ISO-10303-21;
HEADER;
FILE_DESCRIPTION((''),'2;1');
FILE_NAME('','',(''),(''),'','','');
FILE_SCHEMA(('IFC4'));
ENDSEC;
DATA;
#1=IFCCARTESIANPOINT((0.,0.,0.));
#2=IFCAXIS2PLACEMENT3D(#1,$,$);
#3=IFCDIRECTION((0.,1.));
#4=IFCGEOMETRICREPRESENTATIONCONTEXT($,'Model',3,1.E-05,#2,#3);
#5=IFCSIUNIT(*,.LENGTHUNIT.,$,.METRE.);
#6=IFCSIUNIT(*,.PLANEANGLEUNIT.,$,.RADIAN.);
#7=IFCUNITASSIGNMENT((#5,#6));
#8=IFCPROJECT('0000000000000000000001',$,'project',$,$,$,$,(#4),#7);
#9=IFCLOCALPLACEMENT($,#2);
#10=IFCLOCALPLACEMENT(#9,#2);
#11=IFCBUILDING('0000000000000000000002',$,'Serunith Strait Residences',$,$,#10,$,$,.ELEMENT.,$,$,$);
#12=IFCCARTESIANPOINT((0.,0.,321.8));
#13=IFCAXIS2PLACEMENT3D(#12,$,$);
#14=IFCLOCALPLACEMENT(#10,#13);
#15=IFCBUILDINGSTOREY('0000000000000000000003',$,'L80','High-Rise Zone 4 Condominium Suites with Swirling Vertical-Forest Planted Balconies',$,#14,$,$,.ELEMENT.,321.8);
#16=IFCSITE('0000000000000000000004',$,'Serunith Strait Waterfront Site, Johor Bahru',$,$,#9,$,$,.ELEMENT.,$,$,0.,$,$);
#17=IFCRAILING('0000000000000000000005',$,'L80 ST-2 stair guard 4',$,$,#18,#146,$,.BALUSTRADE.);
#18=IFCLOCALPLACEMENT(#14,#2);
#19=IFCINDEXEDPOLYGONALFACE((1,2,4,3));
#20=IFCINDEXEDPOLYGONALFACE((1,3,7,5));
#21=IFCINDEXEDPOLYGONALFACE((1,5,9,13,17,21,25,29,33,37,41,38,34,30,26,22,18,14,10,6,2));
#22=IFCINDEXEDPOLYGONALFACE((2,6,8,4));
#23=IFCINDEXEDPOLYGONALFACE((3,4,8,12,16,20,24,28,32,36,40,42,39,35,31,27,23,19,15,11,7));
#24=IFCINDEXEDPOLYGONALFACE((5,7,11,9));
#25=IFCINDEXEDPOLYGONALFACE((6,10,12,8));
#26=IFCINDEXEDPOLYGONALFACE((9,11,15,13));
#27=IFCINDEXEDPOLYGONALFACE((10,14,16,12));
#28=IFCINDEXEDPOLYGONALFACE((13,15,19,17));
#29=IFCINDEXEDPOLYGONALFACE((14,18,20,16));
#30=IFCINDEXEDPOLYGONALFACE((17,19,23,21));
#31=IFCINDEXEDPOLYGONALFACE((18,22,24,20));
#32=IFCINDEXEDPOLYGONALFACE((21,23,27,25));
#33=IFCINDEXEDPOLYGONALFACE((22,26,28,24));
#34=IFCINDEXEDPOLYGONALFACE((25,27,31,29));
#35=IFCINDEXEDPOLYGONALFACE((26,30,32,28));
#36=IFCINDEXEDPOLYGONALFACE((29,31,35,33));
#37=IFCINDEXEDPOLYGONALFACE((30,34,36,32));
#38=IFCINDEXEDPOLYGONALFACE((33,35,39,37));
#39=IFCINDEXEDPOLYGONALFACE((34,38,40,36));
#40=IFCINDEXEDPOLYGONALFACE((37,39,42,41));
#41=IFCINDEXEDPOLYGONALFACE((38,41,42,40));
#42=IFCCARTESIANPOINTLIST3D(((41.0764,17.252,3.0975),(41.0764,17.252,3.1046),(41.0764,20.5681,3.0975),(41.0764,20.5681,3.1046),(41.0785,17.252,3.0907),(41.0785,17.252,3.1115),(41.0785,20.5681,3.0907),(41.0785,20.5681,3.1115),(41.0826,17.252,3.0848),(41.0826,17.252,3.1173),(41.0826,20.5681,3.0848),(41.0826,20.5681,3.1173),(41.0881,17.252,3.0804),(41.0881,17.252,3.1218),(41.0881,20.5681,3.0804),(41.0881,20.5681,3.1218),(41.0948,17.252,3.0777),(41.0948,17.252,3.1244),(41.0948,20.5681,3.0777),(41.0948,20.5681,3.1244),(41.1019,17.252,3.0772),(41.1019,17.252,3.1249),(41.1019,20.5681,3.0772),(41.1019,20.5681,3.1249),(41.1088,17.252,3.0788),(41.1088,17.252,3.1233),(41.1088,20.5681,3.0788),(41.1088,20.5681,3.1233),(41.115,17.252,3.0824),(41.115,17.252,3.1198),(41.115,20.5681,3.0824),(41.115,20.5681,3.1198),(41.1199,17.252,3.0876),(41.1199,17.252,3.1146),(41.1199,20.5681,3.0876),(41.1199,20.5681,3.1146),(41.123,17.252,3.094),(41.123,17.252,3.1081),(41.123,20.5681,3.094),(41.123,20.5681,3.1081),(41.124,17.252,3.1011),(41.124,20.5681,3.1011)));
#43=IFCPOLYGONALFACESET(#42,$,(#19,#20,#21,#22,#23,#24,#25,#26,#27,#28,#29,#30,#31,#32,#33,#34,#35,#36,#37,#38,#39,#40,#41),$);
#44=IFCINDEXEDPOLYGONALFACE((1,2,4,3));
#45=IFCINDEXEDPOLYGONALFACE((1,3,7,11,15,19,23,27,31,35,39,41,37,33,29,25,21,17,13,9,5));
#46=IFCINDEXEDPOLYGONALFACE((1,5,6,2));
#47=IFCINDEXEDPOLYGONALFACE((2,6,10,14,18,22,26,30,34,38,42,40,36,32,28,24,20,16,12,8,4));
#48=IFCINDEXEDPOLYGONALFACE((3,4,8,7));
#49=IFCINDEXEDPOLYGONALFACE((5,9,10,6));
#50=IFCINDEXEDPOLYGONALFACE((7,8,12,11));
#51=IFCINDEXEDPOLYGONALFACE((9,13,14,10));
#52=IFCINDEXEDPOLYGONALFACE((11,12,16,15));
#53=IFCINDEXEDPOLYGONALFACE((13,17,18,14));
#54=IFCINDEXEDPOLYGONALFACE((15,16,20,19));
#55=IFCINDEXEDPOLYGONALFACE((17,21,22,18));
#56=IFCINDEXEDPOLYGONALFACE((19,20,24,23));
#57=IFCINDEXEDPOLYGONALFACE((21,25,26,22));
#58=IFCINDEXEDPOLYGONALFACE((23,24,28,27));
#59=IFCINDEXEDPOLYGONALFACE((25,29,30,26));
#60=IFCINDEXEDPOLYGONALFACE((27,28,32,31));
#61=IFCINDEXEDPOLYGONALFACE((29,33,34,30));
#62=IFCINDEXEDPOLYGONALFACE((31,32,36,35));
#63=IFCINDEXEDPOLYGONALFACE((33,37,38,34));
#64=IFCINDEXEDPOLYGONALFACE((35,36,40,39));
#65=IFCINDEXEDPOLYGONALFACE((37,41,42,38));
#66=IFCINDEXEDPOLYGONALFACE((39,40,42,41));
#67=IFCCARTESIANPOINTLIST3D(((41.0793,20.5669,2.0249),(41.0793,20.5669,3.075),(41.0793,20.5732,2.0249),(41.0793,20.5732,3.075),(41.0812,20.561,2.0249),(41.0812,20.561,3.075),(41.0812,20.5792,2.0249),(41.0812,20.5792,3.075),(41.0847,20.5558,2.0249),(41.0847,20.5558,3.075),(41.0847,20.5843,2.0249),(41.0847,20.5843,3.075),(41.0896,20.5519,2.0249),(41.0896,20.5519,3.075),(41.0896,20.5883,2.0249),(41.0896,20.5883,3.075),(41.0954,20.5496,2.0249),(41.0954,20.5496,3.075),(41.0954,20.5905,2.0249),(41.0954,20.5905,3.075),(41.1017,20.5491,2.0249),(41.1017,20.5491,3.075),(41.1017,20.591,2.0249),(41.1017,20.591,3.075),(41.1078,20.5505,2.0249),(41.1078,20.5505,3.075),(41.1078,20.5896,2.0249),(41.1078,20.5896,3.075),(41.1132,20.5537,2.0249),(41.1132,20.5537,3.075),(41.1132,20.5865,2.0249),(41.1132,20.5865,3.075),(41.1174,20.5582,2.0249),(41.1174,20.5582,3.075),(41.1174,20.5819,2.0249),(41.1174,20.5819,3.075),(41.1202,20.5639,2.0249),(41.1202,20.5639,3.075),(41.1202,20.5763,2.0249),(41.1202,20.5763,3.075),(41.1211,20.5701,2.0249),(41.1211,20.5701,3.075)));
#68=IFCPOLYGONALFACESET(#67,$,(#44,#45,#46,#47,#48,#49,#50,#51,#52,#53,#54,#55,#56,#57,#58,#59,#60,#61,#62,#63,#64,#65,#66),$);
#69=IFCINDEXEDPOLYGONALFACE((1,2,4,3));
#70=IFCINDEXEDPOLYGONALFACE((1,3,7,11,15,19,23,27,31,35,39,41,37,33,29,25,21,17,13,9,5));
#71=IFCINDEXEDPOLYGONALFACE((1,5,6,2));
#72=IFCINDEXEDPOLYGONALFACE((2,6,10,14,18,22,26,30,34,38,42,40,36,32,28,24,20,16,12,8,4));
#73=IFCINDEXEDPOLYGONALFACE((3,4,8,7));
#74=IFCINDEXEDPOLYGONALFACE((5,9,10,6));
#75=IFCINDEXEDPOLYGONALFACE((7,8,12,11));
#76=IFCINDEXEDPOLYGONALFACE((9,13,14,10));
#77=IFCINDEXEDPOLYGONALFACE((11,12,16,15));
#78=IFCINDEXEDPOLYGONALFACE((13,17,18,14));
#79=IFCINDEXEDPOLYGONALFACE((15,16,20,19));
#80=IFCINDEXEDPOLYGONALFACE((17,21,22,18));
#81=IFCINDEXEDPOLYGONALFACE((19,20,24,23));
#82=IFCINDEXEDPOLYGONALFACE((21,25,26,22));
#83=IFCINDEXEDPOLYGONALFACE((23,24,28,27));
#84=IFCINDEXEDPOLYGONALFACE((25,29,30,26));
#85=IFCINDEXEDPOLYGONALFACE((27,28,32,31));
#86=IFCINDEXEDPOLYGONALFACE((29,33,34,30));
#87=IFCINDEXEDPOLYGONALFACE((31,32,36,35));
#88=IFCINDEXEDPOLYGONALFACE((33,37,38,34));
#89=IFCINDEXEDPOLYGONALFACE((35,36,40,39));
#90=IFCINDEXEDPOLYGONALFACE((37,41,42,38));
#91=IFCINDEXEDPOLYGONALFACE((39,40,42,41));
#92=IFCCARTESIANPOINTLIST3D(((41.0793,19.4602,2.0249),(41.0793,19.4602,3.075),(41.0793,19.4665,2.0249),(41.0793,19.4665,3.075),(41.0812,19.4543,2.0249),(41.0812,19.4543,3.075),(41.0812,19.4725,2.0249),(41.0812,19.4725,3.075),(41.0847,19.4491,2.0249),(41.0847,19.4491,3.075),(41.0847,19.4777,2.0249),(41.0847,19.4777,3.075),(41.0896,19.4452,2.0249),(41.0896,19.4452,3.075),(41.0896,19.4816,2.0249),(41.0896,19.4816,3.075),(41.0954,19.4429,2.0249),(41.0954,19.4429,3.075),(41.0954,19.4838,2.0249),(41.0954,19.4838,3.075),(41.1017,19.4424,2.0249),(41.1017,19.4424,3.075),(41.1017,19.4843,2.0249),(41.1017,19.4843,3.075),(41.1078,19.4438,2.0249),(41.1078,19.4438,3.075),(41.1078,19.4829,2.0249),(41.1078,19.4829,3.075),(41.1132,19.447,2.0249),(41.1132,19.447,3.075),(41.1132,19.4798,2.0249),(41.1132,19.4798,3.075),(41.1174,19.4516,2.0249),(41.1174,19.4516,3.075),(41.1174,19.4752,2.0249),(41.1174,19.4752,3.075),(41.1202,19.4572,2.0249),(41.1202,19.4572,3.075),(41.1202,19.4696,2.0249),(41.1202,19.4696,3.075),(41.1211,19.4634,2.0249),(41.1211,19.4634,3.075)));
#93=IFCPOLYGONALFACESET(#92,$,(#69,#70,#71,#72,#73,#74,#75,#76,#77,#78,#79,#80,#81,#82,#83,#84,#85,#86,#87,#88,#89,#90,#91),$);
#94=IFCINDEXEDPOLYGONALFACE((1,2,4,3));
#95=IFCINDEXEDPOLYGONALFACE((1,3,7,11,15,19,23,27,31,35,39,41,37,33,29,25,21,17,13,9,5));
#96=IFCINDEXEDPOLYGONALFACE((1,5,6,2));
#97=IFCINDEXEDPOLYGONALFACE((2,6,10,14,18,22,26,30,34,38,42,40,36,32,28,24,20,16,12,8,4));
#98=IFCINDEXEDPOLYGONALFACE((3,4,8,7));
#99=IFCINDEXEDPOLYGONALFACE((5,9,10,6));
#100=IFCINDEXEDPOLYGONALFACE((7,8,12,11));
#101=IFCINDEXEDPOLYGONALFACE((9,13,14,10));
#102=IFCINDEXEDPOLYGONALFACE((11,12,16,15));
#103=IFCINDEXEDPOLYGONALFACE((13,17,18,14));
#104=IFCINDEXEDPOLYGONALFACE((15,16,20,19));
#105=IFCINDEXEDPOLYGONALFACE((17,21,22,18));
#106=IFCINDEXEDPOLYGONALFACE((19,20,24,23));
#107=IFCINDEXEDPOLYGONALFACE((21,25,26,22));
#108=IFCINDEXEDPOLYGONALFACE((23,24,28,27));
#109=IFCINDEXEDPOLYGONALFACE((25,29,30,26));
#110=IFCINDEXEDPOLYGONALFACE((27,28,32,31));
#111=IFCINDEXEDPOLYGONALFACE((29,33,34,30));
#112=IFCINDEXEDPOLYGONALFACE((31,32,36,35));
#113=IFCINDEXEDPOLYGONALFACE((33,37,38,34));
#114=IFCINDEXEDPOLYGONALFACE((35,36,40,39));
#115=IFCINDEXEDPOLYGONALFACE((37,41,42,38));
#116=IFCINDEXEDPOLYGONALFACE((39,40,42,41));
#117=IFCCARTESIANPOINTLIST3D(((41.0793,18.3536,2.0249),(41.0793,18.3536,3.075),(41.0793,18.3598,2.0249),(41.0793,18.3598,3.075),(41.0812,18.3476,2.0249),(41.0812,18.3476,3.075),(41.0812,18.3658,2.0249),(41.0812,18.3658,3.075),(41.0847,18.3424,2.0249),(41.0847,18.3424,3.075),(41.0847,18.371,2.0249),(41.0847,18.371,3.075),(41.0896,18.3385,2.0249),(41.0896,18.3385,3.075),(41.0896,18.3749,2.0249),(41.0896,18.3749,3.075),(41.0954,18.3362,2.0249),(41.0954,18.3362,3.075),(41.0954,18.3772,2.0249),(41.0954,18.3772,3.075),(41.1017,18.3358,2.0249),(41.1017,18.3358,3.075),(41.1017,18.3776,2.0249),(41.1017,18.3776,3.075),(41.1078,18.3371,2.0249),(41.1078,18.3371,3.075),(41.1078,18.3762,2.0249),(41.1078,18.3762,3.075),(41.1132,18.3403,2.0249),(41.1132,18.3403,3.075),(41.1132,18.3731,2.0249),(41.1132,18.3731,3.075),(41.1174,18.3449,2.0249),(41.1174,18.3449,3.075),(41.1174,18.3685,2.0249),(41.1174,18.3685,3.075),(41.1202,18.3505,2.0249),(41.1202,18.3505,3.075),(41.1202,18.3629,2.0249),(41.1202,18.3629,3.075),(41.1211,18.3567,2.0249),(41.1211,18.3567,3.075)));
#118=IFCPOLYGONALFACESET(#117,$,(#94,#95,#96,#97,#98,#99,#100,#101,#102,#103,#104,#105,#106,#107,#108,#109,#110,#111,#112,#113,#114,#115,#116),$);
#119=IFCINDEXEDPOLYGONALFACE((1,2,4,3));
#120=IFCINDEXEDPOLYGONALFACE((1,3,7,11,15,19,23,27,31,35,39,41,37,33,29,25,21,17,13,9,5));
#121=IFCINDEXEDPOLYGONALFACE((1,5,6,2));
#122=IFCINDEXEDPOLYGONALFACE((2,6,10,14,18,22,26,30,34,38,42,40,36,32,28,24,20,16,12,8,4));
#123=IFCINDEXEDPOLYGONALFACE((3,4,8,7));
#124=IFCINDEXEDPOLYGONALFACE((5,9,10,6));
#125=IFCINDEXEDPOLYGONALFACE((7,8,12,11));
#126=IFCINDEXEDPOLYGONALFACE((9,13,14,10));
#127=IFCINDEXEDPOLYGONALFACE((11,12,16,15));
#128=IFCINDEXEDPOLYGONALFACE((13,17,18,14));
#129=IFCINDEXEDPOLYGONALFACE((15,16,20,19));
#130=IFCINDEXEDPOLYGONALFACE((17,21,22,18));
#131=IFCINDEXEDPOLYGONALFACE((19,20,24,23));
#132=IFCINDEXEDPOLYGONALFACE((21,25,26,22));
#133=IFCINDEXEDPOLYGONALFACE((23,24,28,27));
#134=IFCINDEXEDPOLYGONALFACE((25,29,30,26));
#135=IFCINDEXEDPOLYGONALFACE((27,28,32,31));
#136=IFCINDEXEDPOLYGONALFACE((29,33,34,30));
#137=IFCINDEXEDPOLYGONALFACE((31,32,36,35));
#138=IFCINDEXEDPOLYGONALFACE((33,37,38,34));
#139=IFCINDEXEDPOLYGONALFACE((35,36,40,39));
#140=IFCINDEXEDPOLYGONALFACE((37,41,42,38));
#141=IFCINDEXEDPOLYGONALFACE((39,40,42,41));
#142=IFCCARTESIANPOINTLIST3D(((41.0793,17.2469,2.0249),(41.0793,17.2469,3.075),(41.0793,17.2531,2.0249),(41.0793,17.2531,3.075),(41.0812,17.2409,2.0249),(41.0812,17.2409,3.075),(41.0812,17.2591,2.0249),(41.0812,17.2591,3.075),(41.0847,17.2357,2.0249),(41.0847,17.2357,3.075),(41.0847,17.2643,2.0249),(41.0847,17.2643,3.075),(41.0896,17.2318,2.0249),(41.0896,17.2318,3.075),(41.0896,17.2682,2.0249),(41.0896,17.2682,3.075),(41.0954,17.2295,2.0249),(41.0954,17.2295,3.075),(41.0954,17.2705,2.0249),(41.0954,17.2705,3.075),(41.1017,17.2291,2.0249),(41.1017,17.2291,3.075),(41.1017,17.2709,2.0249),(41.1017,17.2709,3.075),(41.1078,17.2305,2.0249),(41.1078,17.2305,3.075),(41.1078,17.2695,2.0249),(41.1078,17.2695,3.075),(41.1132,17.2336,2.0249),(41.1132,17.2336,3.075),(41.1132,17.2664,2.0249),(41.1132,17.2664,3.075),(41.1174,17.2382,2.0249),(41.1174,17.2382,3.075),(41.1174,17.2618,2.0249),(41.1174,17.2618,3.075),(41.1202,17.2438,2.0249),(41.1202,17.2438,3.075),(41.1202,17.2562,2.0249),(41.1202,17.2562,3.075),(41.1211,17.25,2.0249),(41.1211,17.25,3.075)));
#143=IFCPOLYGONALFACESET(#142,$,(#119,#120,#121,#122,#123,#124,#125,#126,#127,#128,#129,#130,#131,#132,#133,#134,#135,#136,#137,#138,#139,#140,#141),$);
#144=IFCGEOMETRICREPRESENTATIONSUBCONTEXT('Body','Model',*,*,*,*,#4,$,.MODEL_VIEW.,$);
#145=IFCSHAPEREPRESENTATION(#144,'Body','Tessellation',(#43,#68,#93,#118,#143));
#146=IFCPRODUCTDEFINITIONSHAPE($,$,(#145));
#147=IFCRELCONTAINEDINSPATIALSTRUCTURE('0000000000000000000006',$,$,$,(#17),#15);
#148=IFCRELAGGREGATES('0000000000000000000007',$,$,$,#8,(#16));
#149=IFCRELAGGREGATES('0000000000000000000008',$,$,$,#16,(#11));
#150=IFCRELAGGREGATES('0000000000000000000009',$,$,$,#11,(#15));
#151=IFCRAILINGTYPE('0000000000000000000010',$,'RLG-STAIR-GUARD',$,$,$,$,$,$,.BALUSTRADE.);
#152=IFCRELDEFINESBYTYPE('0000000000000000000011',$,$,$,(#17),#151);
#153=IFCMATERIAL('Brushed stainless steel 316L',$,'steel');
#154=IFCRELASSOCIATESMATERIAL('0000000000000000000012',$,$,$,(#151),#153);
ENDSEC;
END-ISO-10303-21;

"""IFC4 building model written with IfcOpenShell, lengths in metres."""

from ifc_helpers import new_model, si_unit, direction, frame, origin, origin_2d, place, context, subcontext, project, spatial, circle, extrude, material, type_object, element, save


model = new_model("IFC4")

# Units and contexts
model_context = context("Model", 3, precision=1e-05, world=origin(), true_north=direction((0.0, 1.0)))
body_context = subcontext(model_context, "Body", "Model", "MODEL_VIEW")
ifc_project = project(units=[si_unit("LENGTHUNIT", "METRE"), si_unit("PLANEANGLEUNIT", "RADIAN")], contexts=[model_context])

# Site, building, storey
site_placement = place(None, origin())
site = spatial("IfcSite", under=ifc_project, at=site_placement, Name="Serunith Strait Waterfront Site, Johor Bahru", CompositionType="ELEMENT", RefElevation=0.0)
building_placement = place(site_placement, origin())
building = spatial("IfcBuilding", under=site, at=building_placement, Name="Serunith Strait Residences", CompositionType="ELEMENT")
storey_placement = place(building_placement, frame((0.0, 0.0, 321.8)))
storey = spatial("IfcBuildingStorey", under=building, at=storey_placement, Name="L80", Description="High-Rise Zone 4 Condominium Suites with Swirling Vertical-Forest Planted Balconies", CompositionType="ELEMENT", Elevation=321.8)

# Railing
ifc_material_1 = material(Name="Brushed stainless steel 316L", Category="steel")
railing_type_1 = type_object("IfcRailingType", Name="RLG-STAIR-GUARD", PredefinedType="BALUSTRADE", material=ifc_material_1)
for number, where, name in (
    (1, (41.1001, 20.5701, 2.0249), "L80 ST-2 stair guard 4"),
):
    element("IfcRailing", number, at=place(storey_placement, frame(where)), inside=storey, type_object=railing_type_1, Name=name, PredefinedType="BALUSTRADE", context=body_context, shape_type="SweptSolid", body=[
        extrude(circle(Radius=0.0239, at=origin_2d()), frame((0.0, -0.002, 1.0762), z_axis=(0.0, -1.0, 0.0), x_axis=(1.0, 0.0, 0.0)), (0.0, 0.0, 1.0), 3.3162),
        extrude(circle(Radius=0.021, at=origin_2d()), origin(), (0.0, 0.0, 1.0), 1.05),
        extrude(circle(Radius=0.021, at=origin_2d()), frame((0.0, -1.1067, 0.0)), (0.0, 0.0, 1.0), 1.05),
        extrude(circle(Radius=0.021, at=origin_2d()), frame((0.0, -2.2134, 0.0)), (0.0, 0.0, 1.0), 1.05),
        extrude(circle(Radius=0.021, at=origin_2d()), frame((0.0, -3.3201, 0.0)), (0.0, 0.0, 1.0), 1.05),
    ])

save(model, "model.ifc")
